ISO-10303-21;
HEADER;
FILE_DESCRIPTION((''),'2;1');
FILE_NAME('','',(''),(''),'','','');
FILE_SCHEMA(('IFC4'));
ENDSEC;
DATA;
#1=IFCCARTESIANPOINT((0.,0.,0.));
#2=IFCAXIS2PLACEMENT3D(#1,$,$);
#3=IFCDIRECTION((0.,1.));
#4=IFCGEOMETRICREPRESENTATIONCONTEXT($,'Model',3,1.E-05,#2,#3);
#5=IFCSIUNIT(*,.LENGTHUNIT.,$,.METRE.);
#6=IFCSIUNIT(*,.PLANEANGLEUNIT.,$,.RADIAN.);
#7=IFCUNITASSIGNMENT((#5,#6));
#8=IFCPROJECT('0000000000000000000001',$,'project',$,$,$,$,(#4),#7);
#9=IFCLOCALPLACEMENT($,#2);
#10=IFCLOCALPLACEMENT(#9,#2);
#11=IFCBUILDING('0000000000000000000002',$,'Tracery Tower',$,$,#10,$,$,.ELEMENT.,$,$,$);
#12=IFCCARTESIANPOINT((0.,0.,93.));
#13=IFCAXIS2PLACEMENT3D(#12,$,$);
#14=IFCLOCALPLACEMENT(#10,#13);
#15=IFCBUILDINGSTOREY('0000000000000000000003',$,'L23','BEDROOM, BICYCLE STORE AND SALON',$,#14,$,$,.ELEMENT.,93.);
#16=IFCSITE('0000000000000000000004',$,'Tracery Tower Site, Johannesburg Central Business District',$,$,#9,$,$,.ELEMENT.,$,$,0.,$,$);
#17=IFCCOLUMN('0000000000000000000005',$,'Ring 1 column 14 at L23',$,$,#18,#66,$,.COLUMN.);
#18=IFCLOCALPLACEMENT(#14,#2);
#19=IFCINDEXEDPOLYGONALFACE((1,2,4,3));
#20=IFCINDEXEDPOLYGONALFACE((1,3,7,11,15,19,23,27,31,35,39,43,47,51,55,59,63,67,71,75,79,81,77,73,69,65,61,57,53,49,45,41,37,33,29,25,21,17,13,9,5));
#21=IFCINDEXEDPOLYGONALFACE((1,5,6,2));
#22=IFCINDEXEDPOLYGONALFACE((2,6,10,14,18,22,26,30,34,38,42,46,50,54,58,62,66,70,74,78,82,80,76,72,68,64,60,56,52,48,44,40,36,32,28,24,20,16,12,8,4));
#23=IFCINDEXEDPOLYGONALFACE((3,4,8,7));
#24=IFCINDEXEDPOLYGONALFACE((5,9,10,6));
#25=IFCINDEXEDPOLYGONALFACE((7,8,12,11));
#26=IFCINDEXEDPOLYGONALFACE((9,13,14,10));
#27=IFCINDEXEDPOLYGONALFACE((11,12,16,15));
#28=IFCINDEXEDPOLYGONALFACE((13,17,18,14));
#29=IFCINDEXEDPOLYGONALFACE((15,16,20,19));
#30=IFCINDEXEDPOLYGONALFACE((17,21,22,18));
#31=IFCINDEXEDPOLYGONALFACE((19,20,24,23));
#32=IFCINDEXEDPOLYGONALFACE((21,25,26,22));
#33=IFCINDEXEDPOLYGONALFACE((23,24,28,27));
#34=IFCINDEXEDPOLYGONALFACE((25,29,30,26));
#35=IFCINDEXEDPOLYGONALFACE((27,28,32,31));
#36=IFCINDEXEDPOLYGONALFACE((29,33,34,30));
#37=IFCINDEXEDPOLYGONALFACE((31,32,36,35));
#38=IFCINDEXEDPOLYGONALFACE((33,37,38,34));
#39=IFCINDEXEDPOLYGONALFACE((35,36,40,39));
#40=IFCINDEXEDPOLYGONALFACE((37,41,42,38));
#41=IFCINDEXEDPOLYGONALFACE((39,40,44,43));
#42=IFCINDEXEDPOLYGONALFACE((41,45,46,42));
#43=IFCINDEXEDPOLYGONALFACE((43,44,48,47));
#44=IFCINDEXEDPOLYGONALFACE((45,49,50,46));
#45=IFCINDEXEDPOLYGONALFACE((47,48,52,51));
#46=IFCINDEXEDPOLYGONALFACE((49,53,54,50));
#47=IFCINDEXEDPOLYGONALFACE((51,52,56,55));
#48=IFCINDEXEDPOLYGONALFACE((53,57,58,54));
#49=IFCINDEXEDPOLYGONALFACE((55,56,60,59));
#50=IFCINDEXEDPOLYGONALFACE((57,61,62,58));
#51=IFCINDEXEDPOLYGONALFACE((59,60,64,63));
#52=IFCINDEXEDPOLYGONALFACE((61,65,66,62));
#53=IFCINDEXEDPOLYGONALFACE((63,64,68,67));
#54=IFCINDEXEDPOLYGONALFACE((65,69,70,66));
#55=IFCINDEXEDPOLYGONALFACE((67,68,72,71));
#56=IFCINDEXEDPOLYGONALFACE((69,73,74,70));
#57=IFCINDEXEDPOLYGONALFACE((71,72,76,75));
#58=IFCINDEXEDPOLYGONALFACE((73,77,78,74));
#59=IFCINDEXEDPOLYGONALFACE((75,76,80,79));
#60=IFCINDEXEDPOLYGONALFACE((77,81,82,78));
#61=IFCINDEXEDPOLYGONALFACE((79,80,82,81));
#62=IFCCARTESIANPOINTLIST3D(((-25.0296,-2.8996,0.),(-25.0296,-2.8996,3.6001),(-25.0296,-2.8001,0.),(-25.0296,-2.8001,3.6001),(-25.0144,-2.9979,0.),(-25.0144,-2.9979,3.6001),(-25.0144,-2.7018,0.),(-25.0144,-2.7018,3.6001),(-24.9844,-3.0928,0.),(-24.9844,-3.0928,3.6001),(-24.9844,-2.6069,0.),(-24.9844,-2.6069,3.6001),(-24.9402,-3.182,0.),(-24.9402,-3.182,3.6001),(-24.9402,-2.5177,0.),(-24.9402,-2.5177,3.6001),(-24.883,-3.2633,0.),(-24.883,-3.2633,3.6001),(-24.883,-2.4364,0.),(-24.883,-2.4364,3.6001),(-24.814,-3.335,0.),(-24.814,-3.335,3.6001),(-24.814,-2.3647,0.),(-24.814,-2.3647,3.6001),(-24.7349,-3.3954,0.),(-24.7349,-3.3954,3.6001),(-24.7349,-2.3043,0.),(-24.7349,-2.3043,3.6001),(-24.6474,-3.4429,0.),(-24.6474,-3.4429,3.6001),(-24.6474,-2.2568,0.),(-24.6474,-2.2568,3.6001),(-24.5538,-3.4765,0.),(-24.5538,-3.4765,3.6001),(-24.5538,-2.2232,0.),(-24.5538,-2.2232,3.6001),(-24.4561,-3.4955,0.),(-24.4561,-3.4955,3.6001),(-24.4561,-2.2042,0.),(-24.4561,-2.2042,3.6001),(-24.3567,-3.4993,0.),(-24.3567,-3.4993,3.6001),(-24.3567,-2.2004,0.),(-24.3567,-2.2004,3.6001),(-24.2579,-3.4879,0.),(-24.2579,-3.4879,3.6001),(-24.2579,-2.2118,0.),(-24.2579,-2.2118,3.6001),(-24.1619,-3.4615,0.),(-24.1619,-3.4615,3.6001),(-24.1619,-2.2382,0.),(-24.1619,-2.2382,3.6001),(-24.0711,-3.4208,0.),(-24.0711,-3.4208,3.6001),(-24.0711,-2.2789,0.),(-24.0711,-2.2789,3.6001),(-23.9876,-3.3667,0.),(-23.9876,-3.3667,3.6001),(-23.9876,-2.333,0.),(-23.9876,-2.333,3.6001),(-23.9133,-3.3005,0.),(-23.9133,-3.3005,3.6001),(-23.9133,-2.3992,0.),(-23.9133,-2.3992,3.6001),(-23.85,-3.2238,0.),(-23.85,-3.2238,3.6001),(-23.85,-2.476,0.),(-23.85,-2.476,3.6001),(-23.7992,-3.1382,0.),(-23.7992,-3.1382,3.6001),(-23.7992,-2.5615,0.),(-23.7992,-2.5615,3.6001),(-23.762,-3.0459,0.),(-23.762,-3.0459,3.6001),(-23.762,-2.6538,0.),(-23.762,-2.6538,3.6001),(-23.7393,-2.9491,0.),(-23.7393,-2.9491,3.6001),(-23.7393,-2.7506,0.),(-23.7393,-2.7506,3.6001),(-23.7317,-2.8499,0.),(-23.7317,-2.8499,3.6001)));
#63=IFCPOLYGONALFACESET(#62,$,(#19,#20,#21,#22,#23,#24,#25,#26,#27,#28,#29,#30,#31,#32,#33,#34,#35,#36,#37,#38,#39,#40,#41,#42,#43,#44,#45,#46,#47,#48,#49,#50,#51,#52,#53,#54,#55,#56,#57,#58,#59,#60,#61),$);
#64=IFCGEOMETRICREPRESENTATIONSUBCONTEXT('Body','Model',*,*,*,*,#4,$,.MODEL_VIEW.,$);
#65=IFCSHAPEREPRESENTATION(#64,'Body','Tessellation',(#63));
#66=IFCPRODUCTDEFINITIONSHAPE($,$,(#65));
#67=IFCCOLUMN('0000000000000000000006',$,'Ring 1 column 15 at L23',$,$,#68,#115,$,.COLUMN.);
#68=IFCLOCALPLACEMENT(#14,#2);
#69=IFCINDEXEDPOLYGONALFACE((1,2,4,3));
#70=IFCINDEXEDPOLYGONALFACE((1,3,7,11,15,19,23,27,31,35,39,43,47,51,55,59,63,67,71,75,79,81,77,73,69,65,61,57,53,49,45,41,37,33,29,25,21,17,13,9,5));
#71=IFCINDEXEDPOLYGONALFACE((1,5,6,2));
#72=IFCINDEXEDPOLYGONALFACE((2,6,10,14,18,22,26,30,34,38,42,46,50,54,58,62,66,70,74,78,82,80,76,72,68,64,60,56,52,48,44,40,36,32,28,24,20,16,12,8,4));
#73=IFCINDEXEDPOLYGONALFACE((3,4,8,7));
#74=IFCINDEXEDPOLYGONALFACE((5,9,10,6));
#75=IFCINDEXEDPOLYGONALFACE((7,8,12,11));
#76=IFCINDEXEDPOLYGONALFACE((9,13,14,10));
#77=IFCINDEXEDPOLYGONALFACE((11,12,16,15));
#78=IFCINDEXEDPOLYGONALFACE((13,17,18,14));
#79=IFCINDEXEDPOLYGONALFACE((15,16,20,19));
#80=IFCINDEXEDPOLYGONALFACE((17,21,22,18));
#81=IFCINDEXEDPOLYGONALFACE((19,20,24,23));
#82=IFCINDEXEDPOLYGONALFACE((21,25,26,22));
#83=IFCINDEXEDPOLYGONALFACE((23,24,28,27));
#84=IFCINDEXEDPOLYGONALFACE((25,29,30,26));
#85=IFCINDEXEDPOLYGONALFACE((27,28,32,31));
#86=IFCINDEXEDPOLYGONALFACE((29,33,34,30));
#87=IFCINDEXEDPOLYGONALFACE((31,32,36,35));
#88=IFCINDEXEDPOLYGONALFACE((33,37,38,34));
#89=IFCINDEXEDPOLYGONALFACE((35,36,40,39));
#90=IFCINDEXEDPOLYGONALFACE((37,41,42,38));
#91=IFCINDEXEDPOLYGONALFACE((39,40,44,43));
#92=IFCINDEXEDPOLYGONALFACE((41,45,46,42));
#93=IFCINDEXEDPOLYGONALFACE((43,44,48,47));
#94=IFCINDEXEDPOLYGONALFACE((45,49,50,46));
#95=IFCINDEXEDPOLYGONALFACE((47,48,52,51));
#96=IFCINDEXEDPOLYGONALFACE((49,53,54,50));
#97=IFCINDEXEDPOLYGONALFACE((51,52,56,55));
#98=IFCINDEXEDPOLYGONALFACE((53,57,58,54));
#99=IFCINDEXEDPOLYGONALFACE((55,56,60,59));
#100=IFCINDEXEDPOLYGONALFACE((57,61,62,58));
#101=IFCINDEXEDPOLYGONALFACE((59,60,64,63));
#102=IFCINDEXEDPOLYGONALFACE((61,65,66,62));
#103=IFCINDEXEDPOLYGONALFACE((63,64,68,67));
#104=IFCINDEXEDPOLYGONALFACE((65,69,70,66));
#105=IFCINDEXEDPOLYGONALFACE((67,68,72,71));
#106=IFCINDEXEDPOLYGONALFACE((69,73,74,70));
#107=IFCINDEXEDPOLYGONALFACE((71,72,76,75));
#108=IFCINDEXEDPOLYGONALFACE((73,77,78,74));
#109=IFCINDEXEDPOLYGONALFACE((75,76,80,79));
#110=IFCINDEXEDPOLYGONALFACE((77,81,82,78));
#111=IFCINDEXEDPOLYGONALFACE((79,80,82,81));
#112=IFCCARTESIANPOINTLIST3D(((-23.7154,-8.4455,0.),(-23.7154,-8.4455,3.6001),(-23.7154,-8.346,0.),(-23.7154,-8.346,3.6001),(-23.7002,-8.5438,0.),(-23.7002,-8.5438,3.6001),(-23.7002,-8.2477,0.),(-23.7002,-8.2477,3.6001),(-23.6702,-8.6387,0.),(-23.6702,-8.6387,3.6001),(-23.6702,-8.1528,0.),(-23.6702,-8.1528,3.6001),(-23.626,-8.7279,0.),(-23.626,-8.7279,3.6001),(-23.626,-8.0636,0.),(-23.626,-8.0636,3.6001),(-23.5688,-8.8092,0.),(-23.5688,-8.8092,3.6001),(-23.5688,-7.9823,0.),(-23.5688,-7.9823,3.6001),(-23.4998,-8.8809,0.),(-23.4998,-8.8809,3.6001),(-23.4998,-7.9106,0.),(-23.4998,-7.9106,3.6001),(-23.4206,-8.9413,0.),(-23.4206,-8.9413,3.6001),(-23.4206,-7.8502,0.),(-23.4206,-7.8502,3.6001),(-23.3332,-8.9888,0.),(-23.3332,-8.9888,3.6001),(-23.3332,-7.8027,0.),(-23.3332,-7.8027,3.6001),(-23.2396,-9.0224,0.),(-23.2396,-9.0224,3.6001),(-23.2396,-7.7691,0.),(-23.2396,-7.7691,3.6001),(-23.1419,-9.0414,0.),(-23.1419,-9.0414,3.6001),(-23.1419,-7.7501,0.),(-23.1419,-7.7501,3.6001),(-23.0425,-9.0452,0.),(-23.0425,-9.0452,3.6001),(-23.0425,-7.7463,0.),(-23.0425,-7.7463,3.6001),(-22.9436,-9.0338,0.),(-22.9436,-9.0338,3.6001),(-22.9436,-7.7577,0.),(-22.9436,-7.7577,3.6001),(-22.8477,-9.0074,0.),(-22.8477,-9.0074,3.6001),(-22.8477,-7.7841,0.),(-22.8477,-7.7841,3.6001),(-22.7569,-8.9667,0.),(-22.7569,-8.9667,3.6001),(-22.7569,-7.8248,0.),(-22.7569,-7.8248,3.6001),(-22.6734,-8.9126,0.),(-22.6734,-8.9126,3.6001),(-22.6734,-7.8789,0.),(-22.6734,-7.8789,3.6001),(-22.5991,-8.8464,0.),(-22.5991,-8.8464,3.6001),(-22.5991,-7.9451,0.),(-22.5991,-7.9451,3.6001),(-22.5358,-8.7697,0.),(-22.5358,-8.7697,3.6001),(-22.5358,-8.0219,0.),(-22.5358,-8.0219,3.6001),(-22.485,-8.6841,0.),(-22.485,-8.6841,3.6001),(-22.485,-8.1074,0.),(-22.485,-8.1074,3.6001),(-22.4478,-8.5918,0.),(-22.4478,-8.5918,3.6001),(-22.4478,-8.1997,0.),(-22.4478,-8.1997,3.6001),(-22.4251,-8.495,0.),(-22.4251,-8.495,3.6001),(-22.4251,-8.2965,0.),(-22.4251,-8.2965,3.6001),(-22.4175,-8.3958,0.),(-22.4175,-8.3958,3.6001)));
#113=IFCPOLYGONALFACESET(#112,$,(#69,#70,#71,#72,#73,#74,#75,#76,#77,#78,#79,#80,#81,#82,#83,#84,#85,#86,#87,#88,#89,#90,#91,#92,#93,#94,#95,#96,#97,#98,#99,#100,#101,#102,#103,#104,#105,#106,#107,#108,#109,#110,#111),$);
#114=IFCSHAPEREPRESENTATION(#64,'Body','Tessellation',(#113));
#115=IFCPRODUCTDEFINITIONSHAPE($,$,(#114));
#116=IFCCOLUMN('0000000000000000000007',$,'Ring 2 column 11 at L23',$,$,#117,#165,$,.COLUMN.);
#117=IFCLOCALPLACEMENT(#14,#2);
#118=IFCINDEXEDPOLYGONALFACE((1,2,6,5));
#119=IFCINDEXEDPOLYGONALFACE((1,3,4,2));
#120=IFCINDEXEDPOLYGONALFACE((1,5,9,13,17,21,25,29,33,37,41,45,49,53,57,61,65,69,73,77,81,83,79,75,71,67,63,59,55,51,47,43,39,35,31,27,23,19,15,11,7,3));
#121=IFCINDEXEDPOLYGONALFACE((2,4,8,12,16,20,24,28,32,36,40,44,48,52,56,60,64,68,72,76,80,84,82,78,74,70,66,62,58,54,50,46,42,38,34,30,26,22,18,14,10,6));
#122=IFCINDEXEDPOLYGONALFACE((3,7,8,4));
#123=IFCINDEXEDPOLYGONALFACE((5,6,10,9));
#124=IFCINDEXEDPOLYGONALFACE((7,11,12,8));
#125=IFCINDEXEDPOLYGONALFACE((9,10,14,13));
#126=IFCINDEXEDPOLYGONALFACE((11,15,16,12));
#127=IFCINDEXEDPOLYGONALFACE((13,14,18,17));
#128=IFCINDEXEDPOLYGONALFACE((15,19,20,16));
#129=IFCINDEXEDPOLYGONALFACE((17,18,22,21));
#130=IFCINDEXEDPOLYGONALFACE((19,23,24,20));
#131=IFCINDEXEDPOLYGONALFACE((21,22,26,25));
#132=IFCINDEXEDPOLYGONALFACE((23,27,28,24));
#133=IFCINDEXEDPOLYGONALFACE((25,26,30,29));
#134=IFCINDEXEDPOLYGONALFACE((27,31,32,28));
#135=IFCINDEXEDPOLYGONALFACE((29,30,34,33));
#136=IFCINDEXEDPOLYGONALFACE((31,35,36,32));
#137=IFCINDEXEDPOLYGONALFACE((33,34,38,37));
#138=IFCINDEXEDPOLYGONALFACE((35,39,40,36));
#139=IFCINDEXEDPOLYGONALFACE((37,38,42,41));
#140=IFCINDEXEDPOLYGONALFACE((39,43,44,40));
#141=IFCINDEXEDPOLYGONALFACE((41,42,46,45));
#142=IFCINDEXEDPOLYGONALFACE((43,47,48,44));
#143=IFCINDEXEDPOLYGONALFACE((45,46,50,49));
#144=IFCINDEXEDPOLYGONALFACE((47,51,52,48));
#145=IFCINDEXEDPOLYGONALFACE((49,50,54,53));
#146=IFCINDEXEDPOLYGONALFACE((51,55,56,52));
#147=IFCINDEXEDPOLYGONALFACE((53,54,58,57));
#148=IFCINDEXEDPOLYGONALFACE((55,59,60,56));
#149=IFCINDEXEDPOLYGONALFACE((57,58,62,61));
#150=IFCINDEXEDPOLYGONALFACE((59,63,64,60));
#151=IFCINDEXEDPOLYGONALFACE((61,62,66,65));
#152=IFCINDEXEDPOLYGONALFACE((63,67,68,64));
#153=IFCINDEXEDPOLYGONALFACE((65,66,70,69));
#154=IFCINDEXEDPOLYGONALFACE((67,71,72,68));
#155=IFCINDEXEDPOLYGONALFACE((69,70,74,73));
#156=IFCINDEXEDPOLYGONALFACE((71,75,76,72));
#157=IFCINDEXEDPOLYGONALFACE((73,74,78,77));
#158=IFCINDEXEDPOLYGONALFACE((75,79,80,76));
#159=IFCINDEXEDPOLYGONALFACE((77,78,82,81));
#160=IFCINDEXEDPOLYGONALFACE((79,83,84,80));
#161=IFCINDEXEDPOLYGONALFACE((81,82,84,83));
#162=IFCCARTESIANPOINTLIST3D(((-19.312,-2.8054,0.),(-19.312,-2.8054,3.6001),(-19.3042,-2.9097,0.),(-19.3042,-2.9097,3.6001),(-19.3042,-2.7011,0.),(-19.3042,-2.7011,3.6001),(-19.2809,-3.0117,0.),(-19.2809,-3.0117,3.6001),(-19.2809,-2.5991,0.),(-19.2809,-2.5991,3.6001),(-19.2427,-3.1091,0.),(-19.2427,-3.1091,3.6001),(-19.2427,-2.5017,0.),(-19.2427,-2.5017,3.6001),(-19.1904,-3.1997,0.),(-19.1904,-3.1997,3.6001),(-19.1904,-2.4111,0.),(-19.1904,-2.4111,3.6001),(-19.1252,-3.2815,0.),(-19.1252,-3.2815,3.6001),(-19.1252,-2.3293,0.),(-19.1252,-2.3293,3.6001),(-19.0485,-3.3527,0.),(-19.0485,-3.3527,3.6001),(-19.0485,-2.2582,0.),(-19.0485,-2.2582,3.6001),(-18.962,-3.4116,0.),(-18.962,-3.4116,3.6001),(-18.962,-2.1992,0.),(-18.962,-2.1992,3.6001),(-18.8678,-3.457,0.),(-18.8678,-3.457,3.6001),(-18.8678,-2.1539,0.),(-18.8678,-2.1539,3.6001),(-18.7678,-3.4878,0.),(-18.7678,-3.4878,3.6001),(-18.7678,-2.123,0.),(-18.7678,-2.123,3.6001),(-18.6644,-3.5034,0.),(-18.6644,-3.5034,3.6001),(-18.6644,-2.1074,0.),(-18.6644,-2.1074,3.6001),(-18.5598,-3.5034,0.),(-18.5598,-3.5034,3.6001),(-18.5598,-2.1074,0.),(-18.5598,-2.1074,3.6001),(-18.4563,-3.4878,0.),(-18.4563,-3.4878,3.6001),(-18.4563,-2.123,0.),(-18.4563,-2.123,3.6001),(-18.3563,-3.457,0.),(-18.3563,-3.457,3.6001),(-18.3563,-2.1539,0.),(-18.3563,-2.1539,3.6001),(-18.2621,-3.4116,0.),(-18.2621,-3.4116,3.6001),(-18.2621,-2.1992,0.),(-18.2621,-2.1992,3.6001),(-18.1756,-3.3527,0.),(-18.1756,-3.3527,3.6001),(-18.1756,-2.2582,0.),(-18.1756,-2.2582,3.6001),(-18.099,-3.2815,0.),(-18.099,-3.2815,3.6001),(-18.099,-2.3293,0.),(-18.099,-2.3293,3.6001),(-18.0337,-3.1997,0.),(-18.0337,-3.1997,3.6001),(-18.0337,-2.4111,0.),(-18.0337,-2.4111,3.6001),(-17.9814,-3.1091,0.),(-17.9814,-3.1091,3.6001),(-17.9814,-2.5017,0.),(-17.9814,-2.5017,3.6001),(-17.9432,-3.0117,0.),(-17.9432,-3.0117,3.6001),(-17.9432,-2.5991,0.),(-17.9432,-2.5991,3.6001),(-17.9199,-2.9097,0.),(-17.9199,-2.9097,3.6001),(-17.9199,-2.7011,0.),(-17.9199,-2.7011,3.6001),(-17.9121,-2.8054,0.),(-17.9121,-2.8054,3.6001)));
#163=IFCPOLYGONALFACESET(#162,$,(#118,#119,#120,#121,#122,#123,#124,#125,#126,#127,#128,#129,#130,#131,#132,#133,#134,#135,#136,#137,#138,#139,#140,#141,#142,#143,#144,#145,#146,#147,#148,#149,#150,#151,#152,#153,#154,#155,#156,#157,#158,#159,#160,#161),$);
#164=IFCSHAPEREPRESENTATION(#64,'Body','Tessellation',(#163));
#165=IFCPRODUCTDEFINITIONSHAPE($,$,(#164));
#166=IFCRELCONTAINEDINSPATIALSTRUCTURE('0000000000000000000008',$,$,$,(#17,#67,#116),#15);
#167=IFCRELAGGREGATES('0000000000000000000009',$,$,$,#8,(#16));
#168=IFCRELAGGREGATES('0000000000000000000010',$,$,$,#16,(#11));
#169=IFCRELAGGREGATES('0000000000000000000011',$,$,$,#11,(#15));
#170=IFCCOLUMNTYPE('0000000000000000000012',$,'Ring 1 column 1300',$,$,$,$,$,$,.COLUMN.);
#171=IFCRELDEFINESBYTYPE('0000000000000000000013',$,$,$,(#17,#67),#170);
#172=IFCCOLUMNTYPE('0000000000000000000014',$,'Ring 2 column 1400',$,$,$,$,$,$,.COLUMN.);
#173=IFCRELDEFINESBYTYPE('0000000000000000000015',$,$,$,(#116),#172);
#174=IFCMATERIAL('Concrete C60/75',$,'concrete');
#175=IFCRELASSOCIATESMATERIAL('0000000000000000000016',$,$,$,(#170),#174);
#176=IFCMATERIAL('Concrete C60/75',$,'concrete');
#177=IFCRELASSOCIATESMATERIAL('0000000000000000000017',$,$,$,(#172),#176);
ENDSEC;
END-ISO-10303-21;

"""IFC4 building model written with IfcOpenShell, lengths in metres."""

from ifc_helpers import new_model, si_unit, direction, frame, origin, origin_2d, place, context, subcontext, project, spatial, circle, extrude, material, material_profile, profile_set, type_object, element, save


model = new_model("IFC4")

# Units and contexts
model_context = context("Model", 3, precision=1e-05, world=origin(), true_north=direction((0.0, 1.0)))
body_context = subcontext(model_context, "Body", "Model", "MODEL_VIEW")
ifc_project = project(units=[si_unit("LENGTHUNIT", "METRE"), si_unit("PLANEANGLEUNIT", "RADIAN")], contexts=[model_context])

# Site, building, storey
site_placement = place(None, origin())
site = spatial("IfcSite", under=ifc_project, at=site_placement, Name="Tracery Tower Site, Johannesburg Central Business District", CompositionType="ELEMENT", RefElevation=0.0)
building_placement = place(site_placement, origin())
building = spatial("IfcBuilding", under=site, at=building_placement, Name="Tracery Tower", CompositionType="ELEMENT")
storey_placement = place(building_placement, frame((0.0, 0.0, 93.0)))
storey = spatial("IfcBuildingStorey", under=building, at=storey_placement, Name="L23", Description="BEDROOM, BICYCLE STORE AND SALON", CompositionType="ELEMENT", Elevation=93.0)

# Columns
ifc_material_1 = material(Name="Concrete C60/75", Category="concrete")
ifc_material_profile_1 = material_profile(ifc_material_1, circle(Radius=0.6499, at=origin_2d()), Name="RC D1300")
ifc_profile_set_1 = profile_set([ifc_material_profile_1], Name="Concrete C60/75")
column_type_1 = type_object("IfcColumnType", Name="Ring 1 column 1300", PredefinedType="COLUMN", material=ifc_profile_set_1)
for number, where, z_axis, x_axis, name in (
    (1, (-24.3816, -2.8499, 0.0), (0.0, 0.0, 1.0), (1.0, 0.0, 0.0), "Ring 1 column 14 at L23"),
    (2, (-23.0674, -8.3958, 0.0), (0.0, 0.0, 1.0), (1.0, 0.0, 0.0), "Ring 1 column 15 at L23"),
):
    element("IfcColumn", number, at=place(storey_placement, frame(where, z_axis=z_axis, x_axis=x_axis)), inside=storey, type_object=column_type_1, Name=name, PredefinedType="COLUMN", context=body_context, shape_type="SweptSolid", body=[
        extrude(circle(Radius=0.6499, at=origin_2d()), origin(), (0.0, 0.0, 1.0), 3.6001),
    ])
ifc_material_2 = material(Name="Concrete C60/75", Category="concrete")
ifc_material_profile_2 = material_profile(ifc_material_2, circle(Radius=0.7, at=origin_2d()), Name="RC D1400")
ifc_profile_set_2 = profile_set([ifc_material_profile_2], Name="Concrete C60/75")
column_type_2 = type_object("IfcColumnType", Name="Ring 2 column 1400", PredefinedType="COLUMN", material=ifc_profile_set_2)
for number, where, z_axis, x_axis, name in (
    (3, (-18.6121, -2.8054, 0.0), (0.0, 0.0, 1.0), (1.0, 0.0, 0.0), "Ring 2 column 11 at L23"),
):
    element("IfcColumn", number, at=place(storey_placement, frame(where, z_axis=z_axis, x_axis=x_axis)), inside=storey, type_object=column_type_2, Name=name, PredefinedType="COLUMN", context=body_context, shape_type="SweptSolid", body=[
        extrude(circle(Radius=0.7, at=origin_2d()), origin(), (0.0, 0.0, 1.0), 3.6001),
    ])

save(model, "model.ifc")
